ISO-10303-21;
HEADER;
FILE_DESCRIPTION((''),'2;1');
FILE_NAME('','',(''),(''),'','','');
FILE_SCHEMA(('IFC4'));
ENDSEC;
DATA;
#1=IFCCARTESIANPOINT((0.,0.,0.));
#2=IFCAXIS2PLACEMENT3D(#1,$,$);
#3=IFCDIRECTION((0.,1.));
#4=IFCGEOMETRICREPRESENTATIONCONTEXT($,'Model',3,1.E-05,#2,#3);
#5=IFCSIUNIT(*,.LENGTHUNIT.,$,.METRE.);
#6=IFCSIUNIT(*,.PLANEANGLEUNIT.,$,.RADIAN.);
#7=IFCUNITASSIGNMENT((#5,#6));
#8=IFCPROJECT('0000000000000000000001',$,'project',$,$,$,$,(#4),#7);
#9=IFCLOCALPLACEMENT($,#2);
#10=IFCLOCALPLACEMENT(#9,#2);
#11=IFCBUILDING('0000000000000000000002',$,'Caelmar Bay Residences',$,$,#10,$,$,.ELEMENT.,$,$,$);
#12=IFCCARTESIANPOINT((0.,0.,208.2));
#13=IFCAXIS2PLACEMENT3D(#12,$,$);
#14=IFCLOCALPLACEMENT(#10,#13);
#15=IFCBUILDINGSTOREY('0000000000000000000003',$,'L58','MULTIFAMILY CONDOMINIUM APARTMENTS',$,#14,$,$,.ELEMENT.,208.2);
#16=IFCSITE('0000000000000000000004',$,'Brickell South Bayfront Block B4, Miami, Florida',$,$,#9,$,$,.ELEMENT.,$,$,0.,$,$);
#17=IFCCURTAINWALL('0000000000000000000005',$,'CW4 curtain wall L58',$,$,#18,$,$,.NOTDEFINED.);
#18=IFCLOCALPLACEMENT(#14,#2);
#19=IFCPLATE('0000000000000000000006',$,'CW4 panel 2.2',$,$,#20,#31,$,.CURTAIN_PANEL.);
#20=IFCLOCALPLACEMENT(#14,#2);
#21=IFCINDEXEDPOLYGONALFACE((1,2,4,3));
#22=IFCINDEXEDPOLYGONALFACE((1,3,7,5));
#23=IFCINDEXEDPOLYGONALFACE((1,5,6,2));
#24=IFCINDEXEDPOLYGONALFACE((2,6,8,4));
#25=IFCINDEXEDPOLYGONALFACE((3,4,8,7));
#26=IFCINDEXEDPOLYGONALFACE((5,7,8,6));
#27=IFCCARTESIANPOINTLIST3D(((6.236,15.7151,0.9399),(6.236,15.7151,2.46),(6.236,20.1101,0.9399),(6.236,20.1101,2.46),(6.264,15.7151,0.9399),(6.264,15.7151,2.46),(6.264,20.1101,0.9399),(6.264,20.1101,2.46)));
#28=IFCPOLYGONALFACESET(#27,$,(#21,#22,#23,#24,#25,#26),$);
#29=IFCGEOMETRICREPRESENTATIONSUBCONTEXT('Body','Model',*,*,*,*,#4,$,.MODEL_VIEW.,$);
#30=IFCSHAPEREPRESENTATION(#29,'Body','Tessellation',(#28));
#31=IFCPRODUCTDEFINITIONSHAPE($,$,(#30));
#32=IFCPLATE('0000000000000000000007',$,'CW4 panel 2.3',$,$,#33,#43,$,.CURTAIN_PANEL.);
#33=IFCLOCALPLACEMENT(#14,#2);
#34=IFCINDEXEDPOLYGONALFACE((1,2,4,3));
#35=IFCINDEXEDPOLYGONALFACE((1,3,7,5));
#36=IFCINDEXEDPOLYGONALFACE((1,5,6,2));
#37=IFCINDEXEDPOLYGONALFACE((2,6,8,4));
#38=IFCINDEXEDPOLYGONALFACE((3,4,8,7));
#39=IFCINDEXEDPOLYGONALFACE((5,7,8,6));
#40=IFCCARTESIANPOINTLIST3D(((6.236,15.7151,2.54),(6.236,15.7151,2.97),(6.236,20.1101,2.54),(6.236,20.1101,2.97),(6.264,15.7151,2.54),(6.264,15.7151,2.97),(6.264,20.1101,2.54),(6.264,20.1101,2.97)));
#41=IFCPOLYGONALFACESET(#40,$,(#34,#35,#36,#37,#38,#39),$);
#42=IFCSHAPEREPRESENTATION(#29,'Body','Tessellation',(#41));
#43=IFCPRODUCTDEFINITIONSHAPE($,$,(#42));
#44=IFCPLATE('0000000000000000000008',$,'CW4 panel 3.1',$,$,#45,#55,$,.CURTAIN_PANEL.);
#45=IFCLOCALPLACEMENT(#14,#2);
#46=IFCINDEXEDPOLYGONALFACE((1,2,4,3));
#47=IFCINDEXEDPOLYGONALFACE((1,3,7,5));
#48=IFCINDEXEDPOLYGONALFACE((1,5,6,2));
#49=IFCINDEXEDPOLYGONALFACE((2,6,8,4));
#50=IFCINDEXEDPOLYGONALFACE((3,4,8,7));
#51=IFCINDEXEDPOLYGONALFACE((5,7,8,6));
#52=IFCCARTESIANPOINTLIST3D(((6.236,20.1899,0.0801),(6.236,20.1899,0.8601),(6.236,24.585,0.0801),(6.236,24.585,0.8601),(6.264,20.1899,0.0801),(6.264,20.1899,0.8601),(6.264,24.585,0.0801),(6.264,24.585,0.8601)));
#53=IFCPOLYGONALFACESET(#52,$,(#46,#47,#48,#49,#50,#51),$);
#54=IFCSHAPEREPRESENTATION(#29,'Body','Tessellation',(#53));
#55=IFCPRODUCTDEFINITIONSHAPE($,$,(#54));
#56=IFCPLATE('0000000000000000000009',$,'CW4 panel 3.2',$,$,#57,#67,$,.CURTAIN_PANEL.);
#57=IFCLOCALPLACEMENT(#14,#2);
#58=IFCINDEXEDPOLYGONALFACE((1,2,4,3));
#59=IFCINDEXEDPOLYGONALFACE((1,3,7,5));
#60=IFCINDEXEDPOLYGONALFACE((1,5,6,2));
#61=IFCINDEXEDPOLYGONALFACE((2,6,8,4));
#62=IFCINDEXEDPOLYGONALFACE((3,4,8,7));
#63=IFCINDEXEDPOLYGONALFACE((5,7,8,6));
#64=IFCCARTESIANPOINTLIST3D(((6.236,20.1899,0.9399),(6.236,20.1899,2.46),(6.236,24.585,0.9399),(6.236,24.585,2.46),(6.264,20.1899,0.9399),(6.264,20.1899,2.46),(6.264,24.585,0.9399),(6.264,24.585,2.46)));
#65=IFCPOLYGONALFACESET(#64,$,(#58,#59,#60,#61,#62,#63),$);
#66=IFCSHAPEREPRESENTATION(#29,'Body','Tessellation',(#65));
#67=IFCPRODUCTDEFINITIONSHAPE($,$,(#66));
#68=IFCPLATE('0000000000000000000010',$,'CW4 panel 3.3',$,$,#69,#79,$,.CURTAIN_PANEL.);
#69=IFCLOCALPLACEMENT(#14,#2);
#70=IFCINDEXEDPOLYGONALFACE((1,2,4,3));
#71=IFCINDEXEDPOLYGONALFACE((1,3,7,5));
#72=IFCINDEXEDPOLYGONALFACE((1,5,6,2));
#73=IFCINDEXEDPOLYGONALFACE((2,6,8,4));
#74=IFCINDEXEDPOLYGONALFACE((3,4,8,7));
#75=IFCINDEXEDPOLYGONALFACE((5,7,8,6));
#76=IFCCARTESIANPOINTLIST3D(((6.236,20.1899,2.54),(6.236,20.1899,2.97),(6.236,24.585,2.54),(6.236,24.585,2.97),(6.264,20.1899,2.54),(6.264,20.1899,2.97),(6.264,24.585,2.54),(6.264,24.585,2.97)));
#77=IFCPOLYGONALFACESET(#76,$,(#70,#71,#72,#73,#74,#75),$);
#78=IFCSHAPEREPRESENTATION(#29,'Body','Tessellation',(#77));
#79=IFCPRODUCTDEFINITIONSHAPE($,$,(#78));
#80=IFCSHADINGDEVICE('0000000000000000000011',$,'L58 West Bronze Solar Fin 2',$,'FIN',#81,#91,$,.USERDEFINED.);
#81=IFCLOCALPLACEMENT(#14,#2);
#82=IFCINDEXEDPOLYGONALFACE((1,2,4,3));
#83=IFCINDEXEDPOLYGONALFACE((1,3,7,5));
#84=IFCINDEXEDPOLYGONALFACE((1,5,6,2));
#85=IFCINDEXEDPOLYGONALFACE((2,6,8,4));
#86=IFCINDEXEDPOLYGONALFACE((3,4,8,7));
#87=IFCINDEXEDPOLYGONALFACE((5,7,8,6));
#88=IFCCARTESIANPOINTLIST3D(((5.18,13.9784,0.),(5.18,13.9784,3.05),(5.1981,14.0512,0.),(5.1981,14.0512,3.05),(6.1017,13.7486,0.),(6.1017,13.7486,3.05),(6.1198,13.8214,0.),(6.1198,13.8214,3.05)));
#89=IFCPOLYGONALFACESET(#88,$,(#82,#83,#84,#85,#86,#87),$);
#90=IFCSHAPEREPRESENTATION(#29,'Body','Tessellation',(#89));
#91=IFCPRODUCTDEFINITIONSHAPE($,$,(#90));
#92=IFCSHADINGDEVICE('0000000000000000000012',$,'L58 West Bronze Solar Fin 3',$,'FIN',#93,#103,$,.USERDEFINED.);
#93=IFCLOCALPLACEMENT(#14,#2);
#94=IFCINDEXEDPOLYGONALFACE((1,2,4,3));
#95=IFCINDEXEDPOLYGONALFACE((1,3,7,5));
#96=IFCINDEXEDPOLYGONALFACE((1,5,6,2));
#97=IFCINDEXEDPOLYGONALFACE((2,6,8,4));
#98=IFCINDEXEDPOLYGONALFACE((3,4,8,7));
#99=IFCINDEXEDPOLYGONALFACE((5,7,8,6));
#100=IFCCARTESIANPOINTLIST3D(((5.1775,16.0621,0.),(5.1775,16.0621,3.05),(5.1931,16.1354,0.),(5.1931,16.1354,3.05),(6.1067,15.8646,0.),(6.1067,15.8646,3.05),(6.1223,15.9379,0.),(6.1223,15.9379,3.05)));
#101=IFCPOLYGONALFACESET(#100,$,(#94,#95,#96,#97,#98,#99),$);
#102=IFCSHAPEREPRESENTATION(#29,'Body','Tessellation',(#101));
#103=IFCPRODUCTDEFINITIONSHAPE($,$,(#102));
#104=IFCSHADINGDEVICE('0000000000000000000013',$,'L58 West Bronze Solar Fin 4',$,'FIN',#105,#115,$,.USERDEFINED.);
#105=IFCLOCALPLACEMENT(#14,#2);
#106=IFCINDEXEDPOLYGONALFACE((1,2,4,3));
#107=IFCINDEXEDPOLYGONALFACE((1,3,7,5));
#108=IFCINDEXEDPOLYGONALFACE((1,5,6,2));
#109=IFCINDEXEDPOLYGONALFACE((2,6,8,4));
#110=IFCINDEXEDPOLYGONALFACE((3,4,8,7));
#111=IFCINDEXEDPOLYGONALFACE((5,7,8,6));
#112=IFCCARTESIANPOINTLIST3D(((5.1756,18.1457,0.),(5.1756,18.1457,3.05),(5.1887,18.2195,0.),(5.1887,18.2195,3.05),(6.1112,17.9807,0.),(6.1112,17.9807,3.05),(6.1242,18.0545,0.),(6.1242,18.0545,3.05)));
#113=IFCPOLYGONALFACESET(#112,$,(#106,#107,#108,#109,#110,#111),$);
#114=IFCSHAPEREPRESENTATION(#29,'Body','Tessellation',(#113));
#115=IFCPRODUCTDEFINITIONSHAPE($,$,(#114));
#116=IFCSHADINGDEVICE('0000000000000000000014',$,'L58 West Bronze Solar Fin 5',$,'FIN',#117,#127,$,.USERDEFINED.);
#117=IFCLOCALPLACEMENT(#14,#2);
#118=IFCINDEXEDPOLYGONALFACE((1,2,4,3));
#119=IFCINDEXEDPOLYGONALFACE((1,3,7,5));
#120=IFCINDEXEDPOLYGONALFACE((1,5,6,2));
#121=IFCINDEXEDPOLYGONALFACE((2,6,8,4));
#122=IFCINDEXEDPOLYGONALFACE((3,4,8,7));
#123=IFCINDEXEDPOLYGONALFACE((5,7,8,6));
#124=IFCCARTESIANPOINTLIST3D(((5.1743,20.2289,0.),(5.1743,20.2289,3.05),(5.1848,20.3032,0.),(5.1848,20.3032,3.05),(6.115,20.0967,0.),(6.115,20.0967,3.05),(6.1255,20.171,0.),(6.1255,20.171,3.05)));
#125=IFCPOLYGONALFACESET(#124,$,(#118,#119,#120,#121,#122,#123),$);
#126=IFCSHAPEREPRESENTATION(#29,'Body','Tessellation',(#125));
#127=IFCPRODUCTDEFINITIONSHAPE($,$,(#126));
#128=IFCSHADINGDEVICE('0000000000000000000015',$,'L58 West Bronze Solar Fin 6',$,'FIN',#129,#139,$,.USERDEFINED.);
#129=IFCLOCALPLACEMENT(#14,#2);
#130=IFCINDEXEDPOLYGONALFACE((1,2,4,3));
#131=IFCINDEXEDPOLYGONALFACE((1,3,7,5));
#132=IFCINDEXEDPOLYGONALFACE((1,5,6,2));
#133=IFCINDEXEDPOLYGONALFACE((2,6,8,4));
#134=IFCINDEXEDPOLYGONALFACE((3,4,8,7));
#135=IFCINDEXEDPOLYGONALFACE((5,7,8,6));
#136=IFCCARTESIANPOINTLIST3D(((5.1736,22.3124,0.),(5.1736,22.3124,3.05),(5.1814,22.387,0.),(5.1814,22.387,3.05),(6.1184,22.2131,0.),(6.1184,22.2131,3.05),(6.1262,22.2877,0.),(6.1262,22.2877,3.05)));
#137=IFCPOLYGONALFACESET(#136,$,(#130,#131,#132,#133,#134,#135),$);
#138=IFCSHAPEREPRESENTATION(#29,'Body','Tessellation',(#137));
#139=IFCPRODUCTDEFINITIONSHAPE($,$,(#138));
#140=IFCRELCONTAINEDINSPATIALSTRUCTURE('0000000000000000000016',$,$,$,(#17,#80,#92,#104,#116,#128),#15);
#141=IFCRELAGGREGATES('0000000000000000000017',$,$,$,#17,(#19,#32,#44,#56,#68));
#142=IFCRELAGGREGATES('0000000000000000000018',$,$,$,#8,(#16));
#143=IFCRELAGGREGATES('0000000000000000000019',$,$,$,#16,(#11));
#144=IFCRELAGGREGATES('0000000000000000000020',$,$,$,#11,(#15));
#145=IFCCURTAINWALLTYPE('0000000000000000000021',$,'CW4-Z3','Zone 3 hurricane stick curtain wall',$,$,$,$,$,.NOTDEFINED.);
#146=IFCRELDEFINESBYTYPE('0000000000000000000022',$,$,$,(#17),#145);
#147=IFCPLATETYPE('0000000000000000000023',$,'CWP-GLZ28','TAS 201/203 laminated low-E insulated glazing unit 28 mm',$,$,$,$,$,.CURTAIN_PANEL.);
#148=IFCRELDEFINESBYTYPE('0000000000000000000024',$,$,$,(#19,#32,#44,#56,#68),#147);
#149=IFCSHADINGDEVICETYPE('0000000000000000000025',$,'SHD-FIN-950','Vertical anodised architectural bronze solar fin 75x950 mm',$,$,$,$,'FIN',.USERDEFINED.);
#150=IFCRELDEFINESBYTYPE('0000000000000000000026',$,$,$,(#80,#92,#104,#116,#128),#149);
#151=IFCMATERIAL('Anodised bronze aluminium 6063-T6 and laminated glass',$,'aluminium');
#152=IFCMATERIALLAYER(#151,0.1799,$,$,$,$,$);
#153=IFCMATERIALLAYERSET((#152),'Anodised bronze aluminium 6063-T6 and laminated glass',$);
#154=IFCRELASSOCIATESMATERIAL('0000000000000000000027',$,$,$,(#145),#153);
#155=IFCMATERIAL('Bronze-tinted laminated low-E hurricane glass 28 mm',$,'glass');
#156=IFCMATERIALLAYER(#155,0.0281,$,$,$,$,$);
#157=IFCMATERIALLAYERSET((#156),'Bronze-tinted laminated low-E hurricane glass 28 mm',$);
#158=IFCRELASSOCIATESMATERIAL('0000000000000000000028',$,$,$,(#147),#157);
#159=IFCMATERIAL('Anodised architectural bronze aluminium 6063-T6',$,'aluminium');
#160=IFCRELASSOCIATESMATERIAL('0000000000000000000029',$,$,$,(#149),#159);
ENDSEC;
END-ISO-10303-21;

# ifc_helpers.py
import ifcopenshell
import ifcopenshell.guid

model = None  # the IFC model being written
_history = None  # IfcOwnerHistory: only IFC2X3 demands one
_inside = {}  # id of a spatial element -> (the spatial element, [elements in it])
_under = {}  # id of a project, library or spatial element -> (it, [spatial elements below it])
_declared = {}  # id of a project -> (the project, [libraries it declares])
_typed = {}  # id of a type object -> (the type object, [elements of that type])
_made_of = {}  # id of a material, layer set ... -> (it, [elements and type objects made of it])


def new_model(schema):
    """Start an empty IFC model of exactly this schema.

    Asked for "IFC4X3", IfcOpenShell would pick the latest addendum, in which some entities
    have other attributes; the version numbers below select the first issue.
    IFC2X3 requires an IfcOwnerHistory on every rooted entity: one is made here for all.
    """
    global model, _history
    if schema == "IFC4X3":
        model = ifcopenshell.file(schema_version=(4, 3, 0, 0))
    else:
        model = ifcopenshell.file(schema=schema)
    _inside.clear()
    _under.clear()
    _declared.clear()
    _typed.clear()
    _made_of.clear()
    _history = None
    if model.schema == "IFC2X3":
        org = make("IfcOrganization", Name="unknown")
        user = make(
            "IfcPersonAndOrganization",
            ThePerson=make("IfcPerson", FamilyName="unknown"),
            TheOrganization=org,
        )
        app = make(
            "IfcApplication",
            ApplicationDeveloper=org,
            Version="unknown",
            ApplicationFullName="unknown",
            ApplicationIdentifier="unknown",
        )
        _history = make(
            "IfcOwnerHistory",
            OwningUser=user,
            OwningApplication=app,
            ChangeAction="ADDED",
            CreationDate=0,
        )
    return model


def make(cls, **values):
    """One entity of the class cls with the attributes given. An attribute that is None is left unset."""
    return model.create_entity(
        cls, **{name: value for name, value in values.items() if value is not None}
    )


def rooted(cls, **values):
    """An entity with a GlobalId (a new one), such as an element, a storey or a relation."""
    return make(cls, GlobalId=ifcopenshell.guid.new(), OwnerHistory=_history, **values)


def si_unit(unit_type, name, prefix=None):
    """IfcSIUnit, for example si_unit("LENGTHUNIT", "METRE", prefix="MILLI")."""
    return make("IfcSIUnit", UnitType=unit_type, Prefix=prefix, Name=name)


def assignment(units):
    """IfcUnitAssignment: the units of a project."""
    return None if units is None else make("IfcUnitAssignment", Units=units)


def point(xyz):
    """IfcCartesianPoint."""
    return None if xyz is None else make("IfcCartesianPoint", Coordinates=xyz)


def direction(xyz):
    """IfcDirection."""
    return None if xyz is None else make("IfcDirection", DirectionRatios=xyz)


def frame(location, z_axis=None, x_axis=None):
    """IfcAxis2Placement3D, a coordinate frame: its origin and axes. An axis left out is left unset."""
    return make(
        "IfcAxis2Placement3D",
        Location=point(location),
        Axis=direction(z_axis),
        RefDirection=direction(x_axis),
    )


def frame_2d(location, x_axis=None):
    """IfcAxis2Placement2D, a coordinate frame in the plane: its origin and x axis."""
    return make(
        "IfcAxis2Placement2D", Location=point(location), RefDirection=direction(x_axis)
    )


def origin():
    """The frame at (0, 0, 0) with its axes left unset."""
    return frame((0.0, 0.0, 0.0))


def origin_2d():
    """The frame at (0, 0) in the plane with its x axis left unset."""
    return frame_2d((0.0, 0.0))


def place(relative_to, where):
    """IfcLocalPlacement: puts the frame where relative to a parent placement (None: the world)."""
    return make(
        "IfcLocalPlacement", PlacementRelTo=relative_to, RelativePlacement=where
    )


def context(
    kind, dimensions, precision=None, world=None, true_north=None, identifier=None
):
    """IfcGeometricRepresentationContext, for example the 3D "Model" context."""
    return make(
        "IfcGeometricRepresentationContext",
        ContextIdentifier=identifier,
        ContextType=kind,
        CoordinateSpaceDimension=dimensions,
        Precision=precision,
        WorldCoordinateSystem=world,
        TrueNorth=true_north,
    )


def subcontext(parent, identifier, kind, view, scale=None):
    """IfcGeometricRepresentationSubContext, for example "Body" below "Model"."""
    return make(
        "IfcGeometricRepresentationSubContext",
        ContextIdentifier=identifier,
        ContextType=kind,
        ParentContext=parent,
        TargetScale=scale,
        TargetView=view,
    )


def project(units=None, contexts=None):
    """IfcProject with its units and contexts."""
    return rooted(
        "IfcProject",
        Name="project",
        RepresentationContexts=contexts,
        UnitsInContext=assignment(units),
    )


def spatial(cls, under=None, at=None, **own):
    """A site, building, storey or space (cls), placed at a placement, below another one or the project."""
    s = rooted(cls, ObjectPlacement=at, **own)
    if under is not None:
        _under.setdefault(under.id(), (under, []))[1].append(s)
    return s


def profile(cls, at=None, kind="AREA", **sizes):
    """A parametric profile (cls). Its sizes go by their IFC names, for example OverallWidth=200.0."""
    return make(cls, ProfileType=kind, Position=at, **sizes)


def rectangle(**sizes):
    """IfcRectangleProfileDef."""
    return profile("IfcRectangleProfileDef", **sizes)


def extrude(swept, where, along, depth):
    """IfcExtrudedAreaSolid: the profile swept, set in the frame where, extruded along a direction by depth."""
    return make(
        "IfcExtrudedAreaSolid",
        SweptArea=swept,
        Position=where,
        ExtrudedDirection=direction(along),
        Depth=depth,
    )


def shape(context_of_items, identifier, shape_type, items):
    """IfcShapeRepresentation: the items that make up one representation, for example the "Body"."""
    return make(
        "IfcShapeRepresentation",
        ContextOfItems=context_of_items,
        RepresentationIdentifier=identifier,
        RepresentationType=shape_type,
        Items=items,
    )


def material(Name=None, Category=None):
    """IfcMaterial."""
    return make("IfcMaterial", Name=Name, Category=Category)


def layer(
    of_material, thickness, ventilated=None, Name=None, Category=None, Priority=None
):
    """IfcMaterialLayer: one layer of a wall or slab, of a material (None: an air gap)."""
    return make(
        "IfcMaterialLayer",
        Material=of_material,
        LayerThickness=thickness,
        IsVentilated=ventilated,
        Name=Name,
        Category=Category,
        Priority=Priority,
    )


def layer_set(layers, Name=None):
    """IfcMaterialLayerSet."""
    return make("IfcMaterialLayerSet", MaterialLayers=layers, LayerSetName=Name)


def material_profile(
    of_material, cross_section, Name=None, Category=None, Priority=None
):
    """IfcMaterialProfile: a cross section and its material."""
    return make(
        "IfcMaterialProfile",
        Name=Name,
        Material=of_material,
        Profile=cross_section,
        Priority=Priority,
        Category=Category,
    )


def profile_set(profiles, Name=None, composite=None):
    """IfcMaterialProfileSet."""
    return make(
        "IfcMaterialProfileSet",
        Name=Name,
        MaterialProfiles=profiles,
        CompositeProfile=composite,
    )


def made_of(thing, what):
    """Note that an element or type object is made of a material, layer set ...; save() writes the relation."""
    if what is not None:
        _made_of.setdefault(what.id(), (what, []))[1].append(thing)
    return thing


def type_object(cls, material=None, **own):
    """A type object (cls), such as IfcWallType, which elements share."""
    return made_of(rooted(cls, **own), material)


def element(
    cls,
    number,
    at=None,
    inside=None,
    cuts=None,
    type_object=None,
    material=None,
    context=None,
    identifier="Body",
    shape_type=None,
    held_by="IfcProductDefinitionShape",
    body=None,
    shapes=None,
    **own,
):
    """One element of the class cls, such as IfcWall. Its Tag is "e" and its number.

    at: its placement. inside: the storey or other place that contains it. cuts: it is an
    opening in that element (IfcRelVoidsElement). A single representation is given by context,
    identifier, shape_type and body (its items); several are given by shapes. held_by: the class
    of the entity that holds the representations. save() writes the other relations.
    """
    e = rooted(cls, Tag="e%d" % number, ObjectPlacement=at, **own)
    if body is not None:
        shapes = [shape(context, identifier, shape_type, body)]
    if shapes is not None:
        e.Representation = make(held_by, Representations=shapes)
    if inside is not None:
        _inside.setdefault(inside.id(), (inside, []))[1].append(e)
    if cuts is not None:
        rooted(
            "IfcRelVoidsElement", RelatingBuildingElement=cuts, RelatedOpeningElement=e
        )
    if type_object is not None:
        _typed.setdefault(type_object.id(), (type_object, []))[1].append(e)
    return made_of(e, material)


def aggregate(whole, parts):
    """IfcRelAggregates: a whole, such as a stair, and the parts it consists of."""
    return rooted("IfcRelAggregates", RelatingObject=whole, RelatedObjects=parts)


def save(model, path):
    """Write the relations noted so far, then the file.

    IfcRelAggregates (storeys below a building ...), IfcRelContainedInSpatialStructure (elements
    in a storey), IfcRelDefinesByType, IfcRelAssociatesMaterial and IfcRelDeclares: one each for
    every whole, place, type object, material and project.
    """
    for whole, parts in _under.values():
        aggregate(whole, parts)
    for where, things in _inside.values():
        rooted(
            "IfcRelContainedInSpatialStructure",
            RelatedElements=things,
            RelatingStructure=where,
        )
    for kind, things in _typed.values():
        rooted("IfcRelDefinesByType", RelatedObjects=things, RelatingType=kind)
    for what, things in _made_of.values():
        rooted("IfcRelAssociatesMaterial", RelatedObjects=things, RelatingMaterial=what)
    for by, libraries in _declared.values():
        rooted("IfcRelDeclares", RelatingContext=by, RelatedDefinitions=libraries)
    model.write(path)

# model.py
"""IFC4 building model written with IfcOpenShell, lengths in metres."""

from ifc_helpers import new_model, si_unit, direction, frame, origin, origin_2d, place, context, subcontext, project, spatial, rectangle, extrude, material, layer, layer_set, material_profile, profile_set, type_object, element, aggregate, save


model = new_model("IFC4")

# Units and contexts
model_context = context("Model", 3, precision=1e-05, world=origin(), true_north=direction((0.0, 1.0)))
body_context = subcontext(model_context, "Body", "Model", "MODEL_VIEW")
ifc_project = project(units=[si_unit("LENGTHUNIT", "METRE"), si_unit("PLANEANGLEUNIT", "RADIAN")], contexts=[model_context])

# Site, building, storey
site_placement = place(None, origin())
site = spatial("IfcSite", under=ifc_project, at=site_placement, Name="Brickell South Bayfront Block B4, Miami, Florida", CompositionType="ELEMENT", RefElevation=0.0)
building_placement = place(site_placement, origin())
building = spatial("IfcBuilding", under=site, at=building_placement, Name="Caelmar Bay Residences", CompositionType="ELEMENT")
storey_placement = place(building_placement, frame((0.0, 0.0, 208.2)))
storey = spatial("IfcBuildingStorey", under=building, at=storey_placement, Name="L58", Description="MULTIFAMILY CONDOMINIUM APARTMENTS", CompositionType="ELEMENT", Elevation=208.2)

# Curtain wall, plates
ifc_material_1 = material(Name="Anodised bronze aluminium 6063-T6 and laminated glass", Category="aluminium")
ifc_layer_1 = layer(ifc_material_1, 0.1799)
ifc_layer_set_1 = layer_set([ifc_layer_1], Name="Anodised bronze aluminium 6063-T6 and laminated glass")
curtain_wall_type = type_object("IfcCurtainWallType", Name="CW4-Z3", Description="Zone 3 hurricane stick curtain wall", PredefinedType="NOTDEFINED", material=ifc_layer_set_1)
curtain_wall_placement = place(storey_placement, origin())
curtain_wall = element("IfcCurtainWall", 1, at=curtain_wall_placement, inside=storey, type_object=curtain_wall_type, Name="CW4 curtain wall L58", PredefinedType="NOTDEFINED")
ifc_material_2 = material(Name="Bronze-tinted laminated low-E hurricane glass 28 mm", Category="glass")
ifc_layer_2 = layer(ifc_material_2, 0.0281)
ifc_layer_set_2 = layer_set([ifc_layer_2], Name="Bronze-tinted laminated low-E hurricane glass 28 mm")
plate_type = type_object("IfcPlateType", Name="CWP-GLZ28", Description="TAS 201/203 laminated low-E insulated glazing unit 28 mm", PredefinedType="CURTAIN_PANEL", material=ifc_layer_set_2)
plate_1_placement = place(storey_placement, frame((6.25, 17.9126, 0.9399), z_axis=(0.0, 0.0, 1.0), x_axis=(0.0, 1.0, 0.0)))
plate_1 = element("IfcPlate", 2, at=plate_1_placement, type_object=plate_type, Name="CW4 panel 2.2", PredefinedType="CURTAIN_PANEL", context=body_context, shape_type="SweptSolid", body=[
    extrude(rectangle(XDim=4.395, YDim=0.0281, at=origin_2d()), origin(), (0.0, 0.0, 1.0), 1.52),
])
plate_2_placement = place(storey_placement, frame((6.25, 17.9126, 2.54), z_axis=(0.0, 0.0, 1.0), x_axis=(0.0, 1.0, 0.0)))
plate_2 = element("IfcPlate", 3, at=plate_2_placement, type_object=plate_type, Name="CW4 panel 2.3", PredefinedType="CURTAIN_PANEL", context=body_context, shape_type="SweptSolid", body=[
    extrude(rectangle(XDim=4.395, YDim=0.0281, at=origin_2d()), origin(), (0.0, 0.0, 1.0), 0.4299),
])
plate_3_placement = place(storey_placement, frame((6.25, 22.3875, 0.0801), z_axis=(0.0, 0.0, 1.0), x_axis=(0.0, 1.0, 0.0)))
plate_3 = element("IfcPlate", 4, at=plate_3_placement, type_object=plate_type, Name="CW4 panel 3.1", PredefinedType="CURTAIN_PANEL", context=body_context, shape_type="SweptSolid", body=[
    extrude(rectangle(XDim=4.395, YDim=0.0281, at=origin_2d()), origin(), (0.0, 0.0, 1.0), 0.78),
])
plate_4_placement = place(storey_placement, frame((6.25, 22.3875, 0.9399), z_axis=(0.0, 0.0, 1.0), x_axis=(0.0, 1.0, 0.0)))
plate_4 = element("IfcPlate", 5, at=plate_4_placement, type_object=plate_type, Name="CW4 panel 3.2", PredefinedType="CURTAIN_PANEL", context=body_context, shape_type="SweptSolid", body=[
    extrude(rectangle(XDim=4.395, YDim=0.0281, at=origin_2d()), origin(), (0.0, 0.0, 1.0), 1.52),
])
plate_5_placement = place(storey_placement, frame((6.25, 22.3875, 2.54), z_axis=(0.0, 0.0, 1.0), x_axis=(0.0, 1.0, 0.0)))
plate_5 = element("IfcPlate", 6, at=plate_5_placement, type_object=plate_type, Name="CW4 panel 3.3", PredefinedType="CURTAIN_PANEL", context=body_context, shape_type="SweptSolid", body=[
    extrude(rectangle(XDim=4.395, YDim=0.0281, at=origin_2d()), origin(), (0.0, 0.0, 1.0), 0.4299),
])
aggregate(curtain_wall, [plate_1, plate_2, plate_3, plate_4, plate_5])

# Shading devices
ifc_material_3 = material(Name="Anodised architectural bronze aluminium 6063-T6", Category="aluminium")
ifc_material_profile_1 = material_profile(ifc_material_3, rectangle(XDim=0.075, YDim=0.95, at=origin_2d()), Name="BRONZE-FIN-75X950")
ifc_profile_set_1 = profile_set([ifc_material_profile_1], Name="Anodised architectural bronze aluminium 6063-T6")
shading_device_type = type_object("IfcShadingDeviceType", Name="SHD-FIN-950", Description="Vertical anodised architectural bronze solar fin 75x950 mm", ElementType="FIN", PredefinedType="USERDEFINED", material=ifc_profile_set_1)
for number, where, z_axis, x_axis, name in (
    (7, (5.6499, 13.8999, 0.0), (0.0, 0.0, 1.0), (0.241922, 0.970296, 0.0), "L58 West Bronze Solar Fin 2"),
    (8, (5.6499, 16.0, 0.0), (0.0, 0.0, 1.0), (0.207912, 0.978148, 0.0), "L58 West Bronze Solar Fin 3"),
    (9, (5.6499, 18.1001, 0.0), (0.0, 0.0, 1.0), (0.173648, 0.984808, 0.0), "L58 West Bronze Solar Fin 4"),
    (10, (5.6499, 20.2, 0.0), (0.0, 0.0, 1.0), (0.139173, 0.990268, 0.0), "L58 West Bronze Solar Fin 5"),
    (11, (5.6499, 22.3, 0.0), (0.0, 0.0, 1.0), (0.104528, 0.994522, 0.0), "L58 West Bronze Solar Fin 6"),
):
    element("IfcShadingDevice", number, at=place(storey_placement, frame(where, z_axis=z_axis, x_axis=x_axis)), inside=storey, type_object=shading_device_type, Name=name, ObjectType="FIN", PredefinedType="USERDEFINED", context=body_context, shape_type="SweptSolid", body=[
        extrude(rectangle(XDim=0.075, YDim=0.95, at=origin_2d()), origin(), (0.0, 0.0, 1.0), 3.05),
    ])

save(model, "model.ifc")
